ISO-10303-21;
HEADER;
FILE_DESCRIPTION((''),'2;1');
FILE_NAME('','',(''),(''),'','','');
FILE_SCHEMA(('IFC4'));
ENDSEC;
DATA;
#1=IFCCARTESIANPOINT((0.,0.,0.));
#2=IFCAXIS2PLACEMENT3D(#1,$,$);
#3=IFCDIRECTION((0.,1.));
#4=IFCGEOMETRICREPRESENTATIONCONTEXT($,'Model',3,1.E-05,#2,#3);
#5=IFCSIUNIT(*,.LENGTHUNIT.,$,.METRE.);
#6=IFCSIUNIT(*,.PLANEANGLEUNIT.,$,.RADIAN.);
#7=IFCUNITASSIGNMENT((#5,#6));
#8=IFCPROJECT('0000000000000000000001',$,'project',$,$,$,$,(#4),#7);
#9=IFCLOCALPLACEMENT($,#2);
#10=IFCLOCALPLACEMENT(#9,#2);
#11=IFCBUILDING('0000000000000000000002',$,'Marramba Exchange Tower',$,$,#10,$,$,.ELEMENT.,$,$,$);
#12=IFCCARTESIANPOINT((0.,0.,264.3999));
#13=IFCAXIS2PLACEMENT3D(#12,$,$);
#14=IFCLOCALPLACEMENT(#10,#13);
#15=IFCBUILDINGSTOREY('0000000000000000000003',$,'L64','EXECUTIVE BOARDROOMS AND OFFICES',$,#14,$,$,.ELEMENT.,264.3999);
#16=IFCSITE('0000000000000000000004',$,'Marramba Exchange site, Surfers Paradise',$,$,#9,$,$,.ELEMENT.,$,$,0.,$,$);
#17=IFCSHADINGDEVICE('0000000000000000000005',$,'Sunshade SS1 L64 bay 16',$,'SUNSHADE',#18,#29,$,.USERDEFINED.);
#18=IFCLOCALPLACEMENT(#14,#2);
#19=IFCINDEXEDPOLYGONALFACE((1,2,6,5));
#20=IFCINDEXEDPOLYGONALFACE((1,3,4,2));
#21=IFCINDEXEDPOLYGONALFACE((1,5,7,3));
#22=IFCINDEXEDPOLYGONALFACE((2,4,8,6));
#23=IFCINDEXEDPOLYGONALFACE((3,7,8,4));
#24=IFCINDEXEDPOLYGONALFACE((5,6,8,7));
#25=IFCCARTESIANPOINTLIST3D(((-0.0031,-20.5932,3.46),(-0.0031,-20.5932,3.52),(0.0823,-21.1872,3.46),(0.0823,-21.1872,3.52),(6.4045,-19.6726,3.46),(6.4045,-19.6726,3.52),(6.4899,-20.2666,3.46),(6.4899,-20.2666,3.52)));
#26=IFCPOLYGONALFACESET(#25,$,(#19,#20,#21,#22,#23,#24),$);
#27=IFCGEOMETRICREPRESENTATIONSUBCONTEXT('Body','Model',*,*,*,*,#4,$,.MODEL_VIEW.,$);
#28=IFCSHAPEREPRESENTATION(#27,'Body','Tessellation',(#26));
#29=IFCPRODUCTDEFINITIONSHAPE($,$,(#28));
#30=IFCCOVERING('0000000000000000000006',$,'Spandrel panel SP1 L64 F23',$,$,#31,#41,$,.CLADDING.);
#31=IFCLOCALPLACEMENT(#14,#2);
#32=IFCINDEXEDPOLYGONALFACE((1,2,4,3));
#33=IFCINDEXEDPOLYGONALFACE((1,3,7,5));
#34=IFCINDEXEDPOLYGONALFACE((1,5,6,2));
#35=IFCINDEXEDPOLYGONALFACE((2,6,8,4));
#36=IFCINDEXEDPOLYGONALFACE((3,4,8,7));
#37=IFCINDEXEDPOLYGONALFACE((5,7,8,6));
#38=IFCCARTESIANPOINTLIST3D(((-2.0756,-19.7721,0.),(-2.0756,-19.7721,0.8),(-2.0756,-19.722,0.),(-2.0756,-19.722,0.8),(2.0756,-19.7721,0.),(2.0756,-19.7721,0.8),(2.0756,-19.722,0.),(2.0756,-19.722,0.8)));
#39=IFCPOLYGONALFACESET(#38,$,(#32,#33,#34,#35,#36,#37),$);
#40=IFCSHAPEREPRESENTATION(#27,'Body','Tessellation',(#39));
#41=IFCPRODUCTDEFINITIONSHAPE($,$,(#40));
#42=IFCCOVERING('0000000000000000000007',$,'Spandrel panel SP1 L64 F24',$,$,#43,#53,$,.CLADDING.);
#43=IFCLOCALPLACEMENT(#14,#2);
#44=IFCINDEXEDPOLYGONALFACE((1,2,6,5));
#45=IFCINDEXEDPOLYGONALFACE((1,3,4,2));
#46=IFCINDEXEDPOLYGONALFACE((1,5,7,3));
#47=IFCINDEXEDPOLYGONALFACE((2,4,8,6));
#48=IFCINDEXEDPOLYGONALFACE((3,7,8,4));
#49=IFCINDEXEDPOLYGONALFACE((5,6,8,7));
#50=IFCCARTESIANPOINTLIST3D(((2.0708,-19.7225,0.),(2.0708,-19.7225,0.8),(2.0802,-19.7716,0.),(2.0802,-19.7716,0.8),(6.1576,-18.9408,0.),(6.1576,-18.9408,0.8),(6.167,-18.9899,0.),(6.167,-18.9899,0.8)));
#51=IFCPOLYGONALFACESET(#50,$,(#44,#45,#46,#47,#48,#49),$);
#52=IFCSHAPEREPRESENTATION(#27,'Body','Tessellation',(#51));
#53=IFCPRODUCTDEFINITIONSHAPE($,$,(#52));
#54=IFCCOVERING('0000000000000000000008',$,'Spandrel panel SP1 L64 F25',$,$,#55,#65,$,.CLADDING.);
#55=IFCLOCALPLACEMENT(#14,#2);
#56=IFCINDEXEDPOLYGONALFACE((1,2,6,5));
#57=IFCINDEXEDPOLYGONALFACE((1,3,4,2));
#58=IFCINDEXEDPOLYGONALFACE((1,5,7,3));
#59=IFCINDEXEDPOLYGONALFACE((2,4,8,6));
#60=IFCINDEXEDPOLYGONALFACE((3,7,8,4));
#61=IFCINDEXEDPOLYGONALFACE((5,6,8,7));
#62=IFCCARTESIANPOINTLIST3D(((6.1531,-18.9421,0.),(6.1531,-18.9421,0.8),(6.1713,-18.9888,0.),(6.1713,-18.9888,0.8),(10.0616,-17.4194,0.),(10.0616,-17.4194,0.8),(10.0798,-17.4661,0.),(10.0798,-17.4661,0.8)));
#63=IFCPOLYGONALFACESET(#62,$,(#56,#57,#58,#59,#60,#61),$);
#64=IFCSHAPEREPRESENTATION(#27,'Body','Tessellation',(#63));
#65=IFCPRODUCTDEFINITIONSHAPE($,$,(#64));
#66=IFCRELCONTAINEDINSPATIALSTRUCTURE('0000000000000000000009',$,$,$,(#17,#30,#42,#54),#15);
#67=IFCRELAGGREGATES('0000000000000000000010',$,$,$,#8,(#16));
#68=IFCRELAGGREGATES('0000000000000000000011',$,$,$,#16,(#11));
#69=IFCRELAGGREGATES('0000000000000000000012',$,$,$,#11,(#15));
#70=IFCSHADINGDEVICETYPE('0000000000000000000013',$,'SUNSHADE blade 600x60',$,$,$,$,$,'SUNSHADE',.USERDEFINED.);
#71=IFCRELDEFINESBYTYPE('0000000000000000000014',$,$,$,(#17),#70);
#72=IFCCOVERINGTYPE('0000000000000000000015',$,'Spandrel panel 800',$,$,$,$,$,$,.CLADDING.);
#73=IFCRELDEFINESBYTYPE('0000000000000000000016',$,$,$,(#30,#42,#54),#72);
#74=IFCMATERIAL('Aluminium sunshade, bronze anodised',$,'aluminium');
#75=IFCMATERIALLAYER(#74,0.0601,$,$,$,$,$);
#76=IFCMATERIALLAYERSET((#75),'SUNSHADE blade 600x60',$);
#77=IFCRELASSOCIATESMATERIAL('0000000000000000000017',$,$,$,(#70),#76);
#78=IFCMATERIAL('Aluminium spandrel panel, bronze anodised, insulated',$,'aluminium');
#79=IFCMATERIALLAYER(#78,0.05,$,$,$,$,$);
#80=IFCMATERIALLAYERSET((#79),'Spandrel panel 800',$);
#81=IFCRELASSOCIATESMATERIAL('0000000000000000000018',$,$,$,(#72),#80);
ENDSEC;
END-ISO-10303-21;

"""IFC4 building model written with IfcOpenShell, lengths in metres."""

from ifc_helpers import new_model, si_unit, direction, frame, origin, origin_2d, place, context, subcontext, project, spatial, rectangle, extrude, material, layer, layer_set, type_object, element, save


model = new_model("IFC4")

# Units and contexts
model_context = context("Model", 3, precision=1e-05, world=origin(), true_north=direction((0.0, 1.0)))
body_context = subcontext(model_context, "Body", "Model", "MODEL_VIEW")
ifc_project = project(units=[si_unit("LENGTHUNIT", "METRE"), si_unit("PLANEANGLEUNIT", "RADIAN")], contexts=[model_context])

# Site, building, storey
site_placement = place(None, origin())
site = spatial("IfcSite", under=ifc_project, at=site_placement, Name="Marramba Exchange site, Surfers Paradise", CompositionType="ELEMENT", RefElevation=0.0)
building_placement = place(site_placement, origin())
building = spatial("IfcBuilding", under=site, at=building_placement, Name="Marramba Exchange Tower", CompositionType="ELEMENT")
storey_placement = place(building_placement, frame((0.0, 0.0, 264.3999)))
storey = spatial("IfcBuildingStorey", under=building, at=storey_placement, Name="L64", Description="EXECUTIVE BOARDROOMS AND OFFICES", CompositionType="ELEMENT", Elevation=264.3999)

# Shading device
ifc_material_1 = material(Name="Aluminium sunshade, bronze anodised", Category="aluminium")
ifc_layer_1 = layer(ifc_material_1, 0.0601)
ifc_layer_set_1 = layer_set([ifc_layer_1], Name="SUNSHADE blade 600x60")
shading_device_type_1 = type_object("IfcShadingDeviceType", Name="SUNSHADE blade 600x60", ElementType="SUNSHADE", PredefinedType="USERDEFINED", material=ifc_layer_set_1)
shading_device_placement = place(storey_placement, frame((3.2434, -20.4299, 3.46), z_axis=(0.0, 0.0, 1.0), x_axis=(0.989837, 0.14221, 0.0)))
element("IfcShadingDevice", 1, at=shading_device_placement, inside=storey, type_object=shading_device_type_1, Name="Sunshade SS1 L64 bay 16", ObjectType="SUNSHADE", PredefinedType="USERDEFINED", context=body_context, shape_type="SweptSolid", body=[
    extrude(rectangle(XDim=6.4734, YDim=0.6001, at=origin_2d()), origin(), (0.0, 0.0, 1.0), 0.0601),
])

# Coverings
ifc_material_2 = material(Name="Aluminium spandrel panel, bronze anodised, insulated", Category="aluminium")
ifc_layer_2 = layer(ifc_material_2, 0.05)
ifc_layer_set_2 = layer_set([ifc_layer_2], Name="Spandrel panel 800")
covering_type = type_object("IfcCoveringType", Name="Spandrel panel 800", PredefinedType="CLADDING", material=ifc_layer_set_2)
covering_1_placement = place(storey_placement, frame((0.0, -19.7471, 0.0), z_axis=(0.0, 0.0, 1.0), x_axis=(1.0, 0.0, 0.0)))
element("IfcCovering", 2, at=covering_1_placement, inside=storey, type_object=covering_type, Name="Spandrel panel SP1 L64 F23", PredefinedType="CLADDING", context=body_context, shape_type="SweptSolid", body=[
    extrude(rectangle(XDim=4.1511, YDim=0.05, at=origin_2d()), origin(), (0.0, 0.0, 1.0), 0.8),
])
covering_2_placement = place(storey_placement, frame((4.1189, -19.3562, 0.0), z_axis=(0.0, 0.0, 1.0), x_axis=(0.982193, 0.187873, 0.0)))
element("IfcCovering", 3, at=covering_2_placement, inside=storey, type_object=covering_type, Name="Spandrel panel SP1 L64 F24", PredefinedType="CLADDING", context=body_context, shape_type="SweptSolid", body=[
    extrude(rectangle(XDim=4.1609, YDim=0.05, at=origin_2d()), origin(), (0.0, 0.0, 1.0), 0.8),
])
covering_3_placement = place(storey_placement, frame((8.1165, -18.2041, 0.0), z_axis=(0.0, 0.0, 1.0), x_axis=(0.931785, 0.36301, 0.0)))
element("IfcCovering", 4, at=covering_3_placement, inside=storey, type_object=covering_type, Name="Spandrel panel SP1 L64 F25", PredefinedType="CLADDING", context=body_context, shape_type="SweptSolid", body=[
    extrude(rectangle(XDim=4.1946, YDim=0.05, at=origin_2d()), origin(), (0.0, 0.0, 1.0), 0.8),
])

save(model, "model.ifc")
